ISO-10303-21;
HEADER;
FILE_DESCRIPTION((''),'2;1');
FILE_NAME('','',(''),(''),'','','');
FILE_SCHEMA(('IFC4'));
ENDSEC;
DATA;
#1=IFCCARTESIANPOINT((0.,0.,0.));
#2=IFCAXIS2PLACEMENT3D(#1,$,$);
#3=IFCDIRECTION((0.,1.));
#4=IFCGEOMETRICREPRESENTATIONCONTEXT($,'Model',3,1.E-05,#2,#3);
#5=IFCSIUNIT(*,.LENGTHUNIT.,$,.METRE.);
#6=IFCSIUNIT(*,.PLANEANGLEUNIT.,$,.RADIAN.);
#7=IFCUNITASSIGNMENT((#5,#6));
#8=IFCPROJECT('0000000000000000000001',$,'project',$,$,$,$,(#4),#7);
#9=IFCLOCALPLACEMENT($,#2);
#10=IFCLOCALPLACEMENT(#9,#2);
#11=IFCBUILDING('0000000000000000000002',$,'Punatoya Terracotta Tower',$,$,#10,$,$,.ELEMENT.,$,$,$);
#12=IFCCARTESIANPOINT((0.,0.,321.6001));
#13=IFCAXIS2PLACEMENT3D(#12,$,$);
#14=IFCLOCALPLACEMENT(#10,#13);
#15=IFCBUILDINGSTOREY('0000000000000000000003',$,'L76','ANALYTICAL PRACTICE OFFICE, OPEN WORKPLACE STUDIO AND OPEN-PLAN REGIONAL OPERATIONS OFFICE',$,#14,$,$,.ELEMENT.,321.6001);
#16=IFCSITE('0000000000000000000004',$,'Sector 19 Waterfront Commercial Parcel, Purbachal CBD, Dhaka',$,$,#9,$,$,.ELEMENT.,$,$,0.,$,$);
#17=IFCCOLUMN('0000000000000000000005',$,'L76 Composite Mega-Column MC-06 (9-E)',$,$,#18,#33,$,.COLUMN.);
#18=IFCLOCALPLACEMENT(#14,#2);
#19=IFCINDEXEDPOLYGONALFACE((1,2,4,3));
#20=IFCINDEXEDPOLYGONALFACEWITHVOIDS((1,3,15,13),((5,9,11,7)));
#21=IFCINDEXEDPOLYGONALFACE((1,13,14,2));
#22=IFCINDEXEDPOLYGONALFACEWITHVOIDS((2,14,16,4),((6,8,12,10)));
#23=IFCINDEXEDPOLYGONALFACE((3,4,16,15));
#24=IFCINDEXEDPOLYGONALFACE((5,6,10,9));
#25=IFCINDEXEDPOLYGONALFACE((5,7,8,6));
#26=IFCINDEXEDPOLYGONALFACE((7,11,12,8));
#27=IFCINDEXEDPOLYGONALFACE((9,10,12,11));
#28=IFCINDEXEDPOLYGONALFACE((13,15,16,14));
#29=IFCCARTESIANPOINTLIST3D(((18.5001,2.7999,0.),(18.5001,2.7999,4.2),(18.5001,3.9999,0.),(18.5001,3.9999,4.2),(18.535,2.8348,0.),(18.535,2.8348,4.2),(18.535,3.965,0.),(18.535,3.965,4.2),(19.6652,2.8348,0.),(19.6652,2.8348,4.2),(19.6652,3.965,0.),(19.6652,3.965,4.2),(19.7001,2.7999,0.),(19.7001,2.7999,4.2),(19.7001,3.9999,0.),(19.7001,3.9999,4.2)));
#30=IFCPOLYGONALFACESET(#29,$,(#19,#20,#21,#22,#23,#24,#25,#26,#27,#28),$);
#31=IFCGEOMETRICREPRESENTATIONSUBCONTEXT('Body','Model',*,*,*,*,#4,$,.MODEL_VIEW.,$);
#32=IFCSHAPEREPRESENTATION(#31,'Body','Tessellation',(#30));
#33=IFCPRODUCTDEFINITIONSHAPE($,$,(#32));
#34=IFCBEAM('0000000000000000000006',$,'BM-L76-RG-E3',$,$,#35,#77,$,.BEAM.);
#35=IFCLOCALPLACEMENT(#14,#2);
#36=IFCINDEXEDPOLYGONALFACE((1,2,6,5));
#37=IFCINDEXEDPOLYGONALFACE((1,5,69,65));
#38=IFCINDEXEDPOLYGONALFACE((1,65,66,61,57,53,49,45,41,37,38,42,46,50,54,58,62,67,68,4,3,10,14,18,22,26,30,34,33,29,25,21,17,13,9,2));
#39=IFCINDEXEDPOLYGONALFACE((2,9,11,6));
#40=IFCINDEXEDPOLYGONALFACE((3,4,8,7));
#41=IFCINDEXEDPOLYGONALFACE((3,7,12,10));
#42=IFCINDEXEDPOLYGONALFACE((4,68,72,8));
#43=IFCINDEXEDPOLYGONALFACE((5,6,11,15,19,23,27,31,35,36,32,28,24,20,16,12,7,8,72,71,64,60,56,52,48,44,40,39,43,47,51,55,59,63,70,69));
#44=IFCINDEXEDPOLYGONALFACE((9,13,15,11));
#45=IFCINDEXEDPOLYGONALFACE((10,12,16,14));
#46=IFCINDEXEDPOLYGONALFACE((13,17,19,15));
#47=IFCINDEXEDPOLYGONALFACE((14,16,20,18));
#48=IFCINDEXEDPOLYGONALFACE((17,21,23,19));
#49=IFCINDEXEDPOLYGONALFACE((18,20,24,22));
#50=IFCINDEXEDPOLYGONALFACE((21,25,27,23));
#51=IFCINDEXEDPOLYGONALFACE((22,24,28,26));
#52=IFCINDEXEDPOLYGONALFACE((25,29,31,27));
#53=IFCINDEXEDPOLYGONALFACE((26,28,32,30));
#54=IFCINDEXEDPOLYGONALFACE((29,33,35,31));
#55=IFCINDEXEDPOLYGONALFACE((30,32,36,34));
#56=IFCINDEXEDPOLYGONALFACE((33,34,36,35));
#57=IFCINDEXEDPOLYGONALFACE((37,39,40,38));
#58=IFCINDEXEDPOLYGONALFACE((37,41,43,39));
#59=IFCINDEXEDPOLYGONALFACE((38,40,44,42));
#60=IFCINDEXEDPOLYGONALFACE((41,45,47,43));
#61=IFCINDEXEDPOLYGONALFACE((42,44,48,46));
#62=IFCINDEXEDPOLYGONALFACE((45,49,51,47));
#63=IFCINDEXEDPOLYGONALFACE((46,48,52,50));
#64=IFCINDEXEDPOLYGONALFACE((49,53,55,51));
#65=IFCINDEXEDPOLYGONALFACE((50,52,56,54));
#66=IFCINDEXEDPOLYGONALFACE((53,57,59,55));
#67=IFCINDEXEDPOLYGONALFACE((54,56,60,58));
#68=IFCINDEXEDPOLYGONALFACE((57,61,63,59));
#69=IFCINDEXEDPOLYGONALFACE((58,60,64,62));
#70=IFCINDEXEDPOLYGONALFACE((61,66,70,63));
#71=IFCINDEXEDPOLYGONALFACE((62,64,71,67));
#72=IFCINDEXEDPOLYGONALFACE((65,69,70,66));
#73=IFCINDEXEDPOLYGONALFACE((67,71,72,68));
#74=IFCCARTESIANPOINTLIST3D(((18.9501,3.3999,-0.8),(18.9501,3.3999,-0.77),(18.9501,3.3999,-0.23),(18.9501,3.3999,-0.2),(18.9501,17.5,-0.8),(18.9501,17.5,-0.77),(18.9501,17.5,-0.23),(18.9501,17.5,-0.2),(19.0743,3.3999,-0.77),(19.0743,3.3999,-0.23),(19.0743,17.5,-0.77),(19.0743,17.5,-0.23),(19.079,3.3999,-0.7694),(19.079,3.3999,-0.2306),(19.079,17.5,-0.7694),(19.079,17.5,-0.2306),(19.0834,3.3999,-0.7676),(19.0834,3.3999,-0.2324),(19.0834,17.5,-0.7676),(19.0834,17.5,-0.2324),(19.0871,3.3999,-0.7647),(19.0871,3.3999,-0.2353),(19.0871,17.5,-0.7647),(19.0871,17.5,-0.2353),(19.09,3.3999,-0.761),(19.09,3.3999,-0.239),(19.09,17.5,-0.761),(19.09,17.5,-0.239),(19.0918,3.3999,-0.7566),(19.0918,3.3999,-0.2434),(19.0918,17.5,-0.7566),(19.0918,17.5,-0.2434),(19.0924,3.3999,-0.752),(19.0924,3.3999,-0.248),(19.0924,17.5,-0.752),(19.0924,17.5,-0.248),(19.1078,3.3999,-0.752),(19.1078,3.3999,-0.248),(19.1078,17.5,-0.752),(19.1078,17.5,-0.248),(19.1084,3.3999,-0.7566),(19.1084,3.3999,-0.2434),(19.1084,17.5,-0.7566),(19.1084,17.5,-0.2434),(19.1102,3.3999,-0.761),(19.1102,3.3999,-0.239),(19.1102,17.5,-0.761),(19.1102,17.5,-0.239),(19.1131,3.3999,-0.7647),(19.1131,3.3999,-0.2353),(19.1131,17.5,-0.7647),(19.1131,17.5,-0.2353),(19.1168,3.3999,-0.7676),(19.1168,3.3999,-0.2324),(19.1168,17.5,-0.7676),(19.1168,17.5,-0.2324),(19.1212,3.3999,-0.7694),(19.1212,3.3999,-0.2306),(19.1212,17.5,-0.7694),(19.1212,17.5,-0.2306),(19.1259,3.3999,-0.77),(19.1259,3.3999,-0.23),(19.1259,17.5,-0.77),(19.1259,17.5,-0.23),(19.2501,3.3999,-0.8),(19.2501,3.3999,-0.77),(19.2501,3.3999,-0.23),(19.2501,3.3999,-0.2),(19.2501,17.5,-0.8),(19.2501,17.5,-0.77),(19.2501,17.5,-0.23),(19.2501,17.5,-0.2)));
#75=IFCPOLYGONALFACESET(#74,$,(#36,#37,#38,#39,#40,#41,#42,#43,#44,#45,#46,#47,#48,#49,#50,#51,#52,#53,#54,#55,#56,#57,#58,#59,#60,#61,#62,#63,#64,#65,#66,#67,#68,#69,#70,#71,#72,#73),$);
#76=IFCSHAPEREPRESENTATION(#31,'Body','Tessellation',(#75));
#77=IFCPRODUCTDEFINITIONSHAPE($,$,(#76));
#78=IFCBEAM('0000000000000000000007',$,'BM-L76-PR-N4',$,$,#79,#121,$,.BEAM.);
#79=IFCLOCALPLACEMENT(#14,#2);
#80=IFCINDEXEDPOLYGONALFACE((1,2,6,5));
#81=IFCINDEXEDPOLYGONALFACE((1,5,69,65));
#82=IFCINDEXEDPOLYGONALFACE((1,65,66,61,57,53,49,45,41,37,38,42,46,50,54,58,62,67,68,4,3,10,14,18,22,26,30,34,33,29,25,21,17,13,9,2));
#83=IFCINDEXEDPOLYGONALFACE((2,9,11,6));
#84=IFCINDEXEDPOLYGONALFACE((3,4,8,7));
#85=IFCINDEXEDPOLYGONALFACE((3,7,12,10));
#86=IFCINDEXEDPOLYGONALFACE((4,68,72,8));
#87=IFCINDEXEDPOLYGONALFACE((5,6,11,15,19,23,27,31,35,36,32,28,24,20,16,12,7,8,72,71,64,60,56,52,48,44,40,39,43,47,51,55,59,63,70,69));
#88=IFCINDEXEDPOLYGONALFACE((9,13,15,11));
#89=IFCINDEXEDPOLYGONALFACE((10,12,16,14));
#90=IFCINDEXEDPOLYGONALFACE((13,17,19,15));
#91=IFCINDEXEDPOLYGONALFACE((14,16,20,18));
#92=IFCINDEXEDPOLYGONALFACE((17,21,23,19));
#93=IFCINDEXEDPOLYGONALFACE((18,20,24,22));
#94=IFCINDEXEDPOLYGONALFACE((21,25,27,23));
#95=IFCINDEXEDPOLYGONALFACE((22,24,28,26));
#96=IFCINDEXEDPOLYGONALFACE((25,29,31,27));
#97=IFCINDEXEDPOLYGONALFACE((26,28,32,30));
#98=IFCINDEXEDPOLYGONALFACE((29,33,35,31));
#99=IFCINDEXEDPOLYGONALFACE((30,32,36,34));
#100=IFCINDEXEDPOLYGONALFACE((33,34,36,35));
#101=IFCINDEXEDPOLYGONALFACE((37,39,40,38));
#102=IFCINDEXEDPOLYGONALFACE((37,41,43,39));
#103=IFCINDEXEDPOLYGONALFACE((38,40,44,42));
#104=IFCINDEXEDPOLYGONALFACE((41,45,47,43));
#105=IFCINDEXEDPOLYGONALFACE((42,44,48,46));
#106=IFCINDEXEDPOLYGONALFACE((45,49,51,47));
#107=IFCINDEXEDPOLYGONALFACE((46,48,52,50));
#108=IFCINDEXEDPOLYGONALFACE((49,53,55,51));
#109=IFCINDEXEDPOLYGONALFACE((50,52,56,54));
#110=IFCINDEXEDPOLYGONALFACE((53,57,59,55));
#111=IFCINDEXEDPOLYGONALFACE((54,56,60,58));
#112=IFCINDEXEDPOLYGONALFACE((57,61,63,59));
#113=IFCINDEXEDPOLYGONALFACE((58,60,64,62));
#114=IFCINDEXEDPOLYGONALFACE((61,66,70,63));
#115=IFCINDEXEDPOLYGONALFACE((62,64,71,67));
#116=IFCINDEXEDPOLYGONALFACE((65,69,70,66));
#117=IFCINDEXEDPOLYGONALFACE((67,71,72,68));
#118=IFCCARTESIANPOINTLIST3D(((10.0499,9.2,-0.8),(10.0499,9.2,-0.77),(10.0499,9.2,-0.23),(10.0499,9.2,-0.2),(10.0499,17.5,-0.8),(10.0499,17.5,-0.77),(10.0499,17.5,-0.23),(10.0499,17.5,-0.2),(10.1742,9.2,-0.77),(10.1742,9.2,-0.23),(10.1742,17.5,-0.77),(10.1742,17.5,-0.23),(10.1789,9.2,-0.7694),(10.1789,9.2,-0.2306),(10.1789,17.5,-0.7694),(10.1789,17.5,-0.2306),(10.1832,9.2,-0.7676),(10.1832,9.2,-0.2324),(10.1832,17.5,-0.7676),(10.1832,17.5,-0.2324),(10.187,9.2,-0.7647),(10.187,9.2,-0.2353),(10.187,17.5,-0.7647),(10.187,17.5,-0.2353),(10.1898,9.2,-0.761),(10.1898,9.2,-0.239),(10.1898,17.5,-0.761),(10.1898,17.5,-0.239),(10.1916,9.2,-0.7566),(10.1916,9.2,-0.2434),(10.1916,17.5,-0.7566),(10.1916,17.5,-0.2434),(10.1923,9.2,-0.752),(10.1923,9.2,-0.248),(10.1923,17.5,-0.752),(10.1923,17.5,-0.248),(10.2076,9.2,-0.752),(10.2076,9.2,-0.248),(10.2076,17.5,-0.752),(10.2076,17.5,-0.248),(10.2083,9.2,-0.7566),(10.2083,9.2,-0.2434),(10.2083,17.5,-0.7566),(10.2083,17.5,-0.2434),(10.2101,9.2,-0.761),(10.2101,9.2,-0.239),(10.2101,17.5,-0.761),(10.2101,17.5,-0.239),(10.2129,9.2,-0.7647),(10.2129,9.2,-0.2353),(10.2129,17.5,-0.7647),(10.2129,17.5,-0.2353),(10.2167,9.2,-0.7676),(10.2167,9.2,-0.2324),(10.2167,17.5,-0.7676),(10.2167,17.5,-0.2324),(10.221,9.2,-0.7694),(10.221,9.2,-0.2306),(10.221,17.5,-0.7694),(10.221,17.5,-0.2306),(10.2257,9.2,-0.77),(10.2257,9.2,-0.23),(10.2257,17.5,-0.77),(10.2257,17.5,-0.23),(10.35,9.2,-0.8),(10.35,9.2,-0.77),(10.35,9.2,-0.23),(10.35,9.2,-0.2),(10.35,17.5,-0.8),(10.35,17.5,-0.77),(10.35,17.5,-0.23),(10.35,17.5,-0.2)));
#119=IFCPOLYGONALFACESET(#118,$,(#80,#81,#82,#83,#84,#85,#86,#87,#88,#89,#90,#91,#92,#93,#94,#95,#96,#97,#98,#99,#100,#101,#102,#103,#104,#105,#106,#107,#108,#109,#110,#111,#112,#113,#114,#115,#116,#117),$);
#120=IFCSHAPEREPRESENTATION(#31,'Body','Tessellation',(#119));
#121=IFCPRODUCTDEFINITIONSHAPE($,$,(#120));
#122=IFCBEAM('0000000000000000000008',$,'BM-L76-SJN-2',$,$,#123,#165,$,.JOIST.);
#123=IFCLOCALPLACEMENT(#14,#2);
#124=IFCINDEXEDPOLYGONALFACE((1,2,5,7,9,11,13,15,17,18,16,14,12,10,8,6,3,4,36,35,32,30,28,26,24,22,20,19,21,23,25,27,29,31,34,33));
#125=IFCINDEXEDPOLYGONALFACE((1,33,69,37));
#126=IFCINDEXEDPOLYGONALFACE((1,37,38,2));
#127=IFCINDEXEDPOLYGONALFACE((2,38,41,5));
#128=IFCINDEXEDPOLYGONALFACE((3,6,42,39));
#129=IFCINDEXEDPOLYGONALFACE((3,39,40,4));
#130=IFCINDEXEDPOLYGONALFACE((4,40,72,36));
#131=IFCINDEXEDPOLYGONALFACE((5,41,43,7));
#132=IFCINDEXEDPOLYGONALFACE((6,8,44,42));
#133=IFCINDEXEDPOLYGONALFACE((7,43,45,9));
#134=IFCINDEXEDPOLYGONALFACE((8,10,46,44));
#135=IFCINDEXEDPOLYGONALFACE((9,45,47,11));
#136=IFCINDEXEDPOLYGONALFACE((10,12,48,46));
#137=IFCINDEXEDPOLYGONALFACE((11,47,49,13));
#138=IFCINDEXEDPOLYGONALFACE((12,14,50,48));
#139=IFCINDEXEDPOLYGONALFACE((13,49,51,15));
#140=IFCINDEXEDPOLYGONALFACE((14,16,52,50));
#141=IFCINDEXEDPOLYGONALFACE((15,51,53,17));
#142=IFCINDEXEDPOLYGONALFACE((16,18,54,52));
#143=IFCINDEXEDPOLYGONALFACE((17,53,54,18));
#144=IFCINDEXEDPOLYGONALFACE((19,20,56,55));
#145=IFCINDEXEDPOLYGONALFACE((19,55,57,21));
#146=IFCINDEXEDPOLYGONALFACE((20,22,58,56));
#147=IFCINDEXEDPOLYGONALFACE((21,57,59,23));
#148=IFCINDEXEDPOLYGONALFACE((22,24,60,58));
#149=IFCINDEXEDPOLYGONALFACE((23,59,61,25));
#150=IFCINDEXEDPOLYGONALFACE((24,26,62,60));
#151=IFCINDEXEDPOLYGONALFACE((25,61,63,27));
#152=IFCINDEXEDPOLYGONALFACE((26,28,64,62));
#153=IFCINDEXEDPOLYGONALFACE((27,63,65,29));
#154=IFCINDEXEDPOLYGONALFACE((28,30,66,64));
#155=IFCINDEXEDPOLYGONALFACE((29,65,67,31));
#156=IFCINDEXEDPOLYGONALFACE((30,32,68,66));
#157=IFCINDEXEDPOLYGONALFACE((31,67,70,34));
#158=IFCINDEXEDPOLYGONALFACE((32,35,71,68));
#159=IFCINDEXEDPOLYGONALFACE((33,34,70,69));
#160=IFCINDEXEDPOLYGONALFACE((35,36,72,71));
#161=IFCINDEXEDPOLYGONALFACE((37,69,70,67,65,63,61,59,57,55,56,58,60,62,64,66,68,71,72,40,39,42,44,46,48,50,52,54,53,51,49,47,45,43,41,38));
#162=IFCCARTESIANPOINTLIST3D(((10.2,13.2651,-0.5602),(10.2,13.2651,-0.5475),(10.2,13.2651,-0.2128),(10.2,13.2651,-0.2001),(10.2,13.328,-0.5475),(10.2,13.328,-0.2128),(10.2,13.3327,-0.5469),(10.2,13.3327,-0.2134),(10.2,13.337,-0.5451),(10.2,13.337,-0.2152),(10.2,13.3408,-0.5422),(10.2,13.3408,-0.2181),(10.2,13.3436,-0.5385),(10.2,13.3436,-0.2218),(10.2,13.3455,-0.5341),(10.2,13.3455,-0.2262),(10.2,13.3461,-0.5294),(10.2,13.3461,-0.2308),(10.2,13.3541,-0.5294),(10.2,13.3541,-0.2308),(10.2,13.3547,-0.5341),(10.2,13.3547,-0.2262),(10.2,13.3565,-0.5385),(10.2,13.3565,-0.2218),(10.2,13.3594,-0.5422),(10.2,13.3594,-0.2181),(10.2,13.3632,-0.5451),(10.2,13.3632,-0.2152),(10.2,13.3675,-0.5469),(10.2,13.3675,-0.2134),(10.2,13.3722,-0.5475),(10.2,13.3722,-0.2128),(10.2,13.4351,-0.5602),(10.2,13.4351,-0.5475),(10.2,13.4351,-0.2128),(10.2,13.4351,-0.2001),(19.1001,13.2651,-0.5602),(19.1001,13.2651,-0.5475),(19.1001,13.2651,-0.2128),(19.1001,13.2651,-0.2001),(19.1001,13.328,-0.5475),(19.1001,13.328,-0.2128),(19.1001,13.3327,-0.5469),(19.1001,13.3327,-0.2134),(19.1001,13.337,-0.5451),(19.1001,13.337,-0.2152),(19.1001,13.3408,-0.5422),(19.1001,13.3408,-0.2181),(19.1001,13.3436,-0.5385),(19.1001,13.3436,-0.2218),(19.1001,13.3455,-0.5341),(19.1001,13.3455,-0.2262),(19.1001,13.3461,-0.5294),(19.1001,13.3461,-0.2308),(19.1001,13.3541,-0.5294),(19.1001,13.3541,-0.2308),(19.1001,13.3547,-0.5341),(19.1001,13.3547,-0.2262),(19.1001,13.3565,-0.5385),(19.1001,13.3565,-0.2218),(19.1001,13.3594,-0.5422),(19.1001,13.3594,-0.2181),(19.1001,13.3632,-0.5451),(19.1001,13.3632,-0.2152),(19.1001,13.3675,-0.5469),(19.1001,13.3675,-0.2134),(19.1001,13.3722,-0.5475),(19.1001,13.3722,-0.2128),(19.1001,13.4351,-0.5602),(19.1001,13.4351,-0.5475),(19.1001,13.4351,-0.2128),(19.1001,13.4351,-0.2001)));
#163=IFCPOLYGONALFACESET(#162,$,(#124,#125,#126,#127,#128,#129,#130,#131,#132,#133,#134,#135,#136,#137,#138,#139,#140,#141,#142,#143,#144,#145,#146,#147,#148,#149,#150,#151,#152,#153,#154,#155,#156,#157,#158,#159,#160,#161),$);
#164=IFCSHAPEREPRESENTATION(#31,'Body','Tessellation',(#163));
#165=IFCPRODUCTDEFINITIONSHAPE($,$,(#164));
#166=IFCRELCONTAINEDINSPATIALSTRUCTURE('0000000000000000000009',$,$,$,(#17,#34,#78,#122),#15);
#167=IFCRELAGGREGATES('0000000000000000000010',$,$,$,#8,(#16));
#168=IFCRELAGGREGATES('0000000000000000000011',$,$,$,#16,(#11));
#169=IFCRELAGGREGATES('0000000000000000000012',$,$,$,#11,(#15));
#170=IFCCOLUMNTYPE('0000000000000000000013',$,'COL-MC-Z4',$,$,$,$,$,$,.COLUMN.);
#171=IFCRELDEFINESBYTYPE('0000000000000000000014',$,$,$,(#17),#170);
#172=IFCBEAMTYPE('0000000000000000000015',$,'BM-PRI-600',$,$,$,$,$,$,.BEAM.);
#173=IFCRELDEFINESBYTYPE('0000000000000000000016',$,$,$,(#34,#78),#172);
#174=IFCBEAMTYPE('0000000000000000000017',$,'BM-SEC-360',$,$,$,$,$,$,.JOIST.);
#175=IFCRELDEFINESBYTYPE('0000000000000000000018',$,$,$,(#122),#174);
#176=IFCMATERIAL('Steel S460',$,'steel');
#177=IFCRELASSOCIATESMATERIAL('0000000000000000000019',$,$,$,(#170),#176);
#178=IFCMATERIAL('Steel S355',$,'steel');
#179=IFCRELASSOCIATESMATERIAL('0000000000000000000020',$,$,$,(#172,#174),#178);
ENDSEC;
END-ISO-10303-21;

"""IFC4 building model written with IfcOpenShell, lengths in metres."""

from ifc_helpers import new_model, si_unit, direction, frame, origin, origin_2d, place, context, subcontext, project, spatial, hollow_rectangle, i_section, extrude, material, material_profile, profile_set, type_object, element, save


model = new_model("IFC4")

# Units and contexts
model_context = context("Model", 3, precision=1e-05, world=origin(), true_north=direction((0.0, 1.0)))
body_context = subcontext(model_context, "Body", "Model", "MODEL_VIEW")
ifc_project = project(units=[si_unit("LENGTHUNIT", "METRE"), si_unit("PLANEANGLEUNIT", "RADIAN")], contexts=[model_context])

# Site, building, storey
site_placement = place(None, origin())
site = spatial("IfcSite", under=ifc_project, at=site_placement, Name="Sector 19 Waterfront Commercial Parcel, Purbachal CBD, Dhaka", CompositionType="ELEMENT", RefElevation=0.0)
building_placement = place(site_placement, origin())
building = spatial("IfcBuilding", under=site, at=building_placement, Name="Punatoya Terracotta Tower", CompositionType="ELEMENT")
storey_placement = place(building_placement, frame((0.0, 0.0, 321.6001)))
storey = spatial("IfcBuildingStorey", under=building, at=storey_placement, Name="L76", Description="ANALYTICAL PRACTICE OFFICE, OPEN WORKPLACE STUDIO AND OPEN-PLAN REGIONAL OPERATIONS OFFICE", CompositionType="ELEMENT", Elevation=321.6001)

# Column
ifc_material_1 = material(Name="Steel S460", Category="steel")
ifc_material_profile_1 = material_profile(ifc_material_1, hollow_rectangle(XDim=1.2, YDim=1.2, WallThickness=0.0349, at=origin_2d()))
ifc_profile_set_1 = profile_set([ifc_material_profile_1], Name="Steel S460")
column_type = type_object("IfcColumnType", Name="COL-MC-Z4", PredefinedType="COLUMN", material=ifc_profile_set_1)
column_placement = place(storey_placement, frame((19.1001, 3.3999, 0.0), z_axis=(0.0, 0.0, 1.0), x_axis=(1.0, 0.0, 0.0)))
element("IfcColumn", 1, at=column_placement, inside=storey, type_object=column_type, Name="L76 Composite Mega-Column MC-06 (9-E)", PredefinedType="COLUMN", context=body_context, shape_type="SweptSolid", body=[
    extrude(hollow_rectangle(XDim=1.2, YDim=1.2, WallThickness=0.0349, at=origin_2d()), origin(), (0.0, 0.0, 1.0), 4.2),
])

# Beams
ifc_material_2 = material(Name="Steel S355", Category="steel")
ifc_material_profile_2 = material_profile(ifc_material_2, i_section(OverallWidth=0.3, OverallDepth=0.6001, WebThickness=0.0154, FlangeThickness=0.03, FilletRadius=0.0181, at=origin_2d()))
ifc_profile_set_2 = profile_set([ifc_material_profile_2], Name="Steel S355")
beam_type_1 = type_object("IfcBeamType", Name="BM-PRI-600", PredefinedType="BEAM", material=ifc_profile_set_2)
beam_1_placement = place(storey_placement, frame((19.1001, 3.3999, -0.5), z_axis=(0.0, 1.0, 0.0), x_axis=(-1.0, 0.0, 0.0)))
element("IfcBeam", 2, at=beam_1_placement, inside=storey, type_object=beam_type_1, Name="BM-L76-RG-E3", PredefinedType="BEAM", context=body_context, shape_type="SweptSolid", body=[
    extrude(i_section(OverallWidth=0.3, OverallDepth=0.6001, WebThickness=0.0154, FlangeThickness=0.03, FilletRadius=0.0181, at=origin_2d()), origin(), (0.0, 0.0, 1.0), 14.1001),
])
beam_2_placement = place(storey_placement, frame((10.2, 9.2, -0.5), z_axis=(0.0, 1.0, 0.0), x_axis=(-1.0, 0.0, 0.0)))
element("IfcBeam", 3, at=beam_2_placement, inside=storey, type_object=beam_type_1, Name="BM-L76-PR-N4", PredefinedType="BEAM", context=body_context, shape_type="SweptSolid", body=[
    extrude(i_section(OverallWidth=0.3, OverallDepth=0.6001, WebThickness=0.0154, FlangeThickness=0.03, FilletRadius=0.0181, at=origin_2d()), origin(), (0.0, 0.0, 1.0), 8.3),
])
ifc_material_profile_3 = material_profile(ifc_material_2, i_section(OverallWidth=0.1699, OverallDepth=0.3601, WebThickness=0.0081, FlangeThickness=0.0127, FilletRadius=0.0181, at=origin_2d()))
ifc_profile_set_3 = profile_set([ifc_material_profile_3], Name="Steel S355")
beam_type_2 = type_object("IfcBeamType", Name="BM-SEC-360", PredefinedType="JOIST", material=ifc_profile_set_3)
beam_3_placement = place(storey_placement, frame((10.2, 13.3501, -0.3801), z_axis=(1.0, 0.0, 0.0), x_axis=(0.0, 1.0, 0.0)))
element("IfcBeam", 4, at=beam_3_placement, inside=storey, type_object=beam_type_2, Name="BM-L76-SJN-2", PredefinedType="JOIST", context=body_context, shape_type="SweptSolid", body=[
    extrude(i_section(OverallWidth=0.1699, OverallDepth=0.3601, WebThickness=0.0081, FlangeThickness=0.0127, FilletRadius=0.0181, at=origin_2d()), origin(), (0.0, 0.0, 1.0), 8.9001),
])

save(model, "model.ifc")
